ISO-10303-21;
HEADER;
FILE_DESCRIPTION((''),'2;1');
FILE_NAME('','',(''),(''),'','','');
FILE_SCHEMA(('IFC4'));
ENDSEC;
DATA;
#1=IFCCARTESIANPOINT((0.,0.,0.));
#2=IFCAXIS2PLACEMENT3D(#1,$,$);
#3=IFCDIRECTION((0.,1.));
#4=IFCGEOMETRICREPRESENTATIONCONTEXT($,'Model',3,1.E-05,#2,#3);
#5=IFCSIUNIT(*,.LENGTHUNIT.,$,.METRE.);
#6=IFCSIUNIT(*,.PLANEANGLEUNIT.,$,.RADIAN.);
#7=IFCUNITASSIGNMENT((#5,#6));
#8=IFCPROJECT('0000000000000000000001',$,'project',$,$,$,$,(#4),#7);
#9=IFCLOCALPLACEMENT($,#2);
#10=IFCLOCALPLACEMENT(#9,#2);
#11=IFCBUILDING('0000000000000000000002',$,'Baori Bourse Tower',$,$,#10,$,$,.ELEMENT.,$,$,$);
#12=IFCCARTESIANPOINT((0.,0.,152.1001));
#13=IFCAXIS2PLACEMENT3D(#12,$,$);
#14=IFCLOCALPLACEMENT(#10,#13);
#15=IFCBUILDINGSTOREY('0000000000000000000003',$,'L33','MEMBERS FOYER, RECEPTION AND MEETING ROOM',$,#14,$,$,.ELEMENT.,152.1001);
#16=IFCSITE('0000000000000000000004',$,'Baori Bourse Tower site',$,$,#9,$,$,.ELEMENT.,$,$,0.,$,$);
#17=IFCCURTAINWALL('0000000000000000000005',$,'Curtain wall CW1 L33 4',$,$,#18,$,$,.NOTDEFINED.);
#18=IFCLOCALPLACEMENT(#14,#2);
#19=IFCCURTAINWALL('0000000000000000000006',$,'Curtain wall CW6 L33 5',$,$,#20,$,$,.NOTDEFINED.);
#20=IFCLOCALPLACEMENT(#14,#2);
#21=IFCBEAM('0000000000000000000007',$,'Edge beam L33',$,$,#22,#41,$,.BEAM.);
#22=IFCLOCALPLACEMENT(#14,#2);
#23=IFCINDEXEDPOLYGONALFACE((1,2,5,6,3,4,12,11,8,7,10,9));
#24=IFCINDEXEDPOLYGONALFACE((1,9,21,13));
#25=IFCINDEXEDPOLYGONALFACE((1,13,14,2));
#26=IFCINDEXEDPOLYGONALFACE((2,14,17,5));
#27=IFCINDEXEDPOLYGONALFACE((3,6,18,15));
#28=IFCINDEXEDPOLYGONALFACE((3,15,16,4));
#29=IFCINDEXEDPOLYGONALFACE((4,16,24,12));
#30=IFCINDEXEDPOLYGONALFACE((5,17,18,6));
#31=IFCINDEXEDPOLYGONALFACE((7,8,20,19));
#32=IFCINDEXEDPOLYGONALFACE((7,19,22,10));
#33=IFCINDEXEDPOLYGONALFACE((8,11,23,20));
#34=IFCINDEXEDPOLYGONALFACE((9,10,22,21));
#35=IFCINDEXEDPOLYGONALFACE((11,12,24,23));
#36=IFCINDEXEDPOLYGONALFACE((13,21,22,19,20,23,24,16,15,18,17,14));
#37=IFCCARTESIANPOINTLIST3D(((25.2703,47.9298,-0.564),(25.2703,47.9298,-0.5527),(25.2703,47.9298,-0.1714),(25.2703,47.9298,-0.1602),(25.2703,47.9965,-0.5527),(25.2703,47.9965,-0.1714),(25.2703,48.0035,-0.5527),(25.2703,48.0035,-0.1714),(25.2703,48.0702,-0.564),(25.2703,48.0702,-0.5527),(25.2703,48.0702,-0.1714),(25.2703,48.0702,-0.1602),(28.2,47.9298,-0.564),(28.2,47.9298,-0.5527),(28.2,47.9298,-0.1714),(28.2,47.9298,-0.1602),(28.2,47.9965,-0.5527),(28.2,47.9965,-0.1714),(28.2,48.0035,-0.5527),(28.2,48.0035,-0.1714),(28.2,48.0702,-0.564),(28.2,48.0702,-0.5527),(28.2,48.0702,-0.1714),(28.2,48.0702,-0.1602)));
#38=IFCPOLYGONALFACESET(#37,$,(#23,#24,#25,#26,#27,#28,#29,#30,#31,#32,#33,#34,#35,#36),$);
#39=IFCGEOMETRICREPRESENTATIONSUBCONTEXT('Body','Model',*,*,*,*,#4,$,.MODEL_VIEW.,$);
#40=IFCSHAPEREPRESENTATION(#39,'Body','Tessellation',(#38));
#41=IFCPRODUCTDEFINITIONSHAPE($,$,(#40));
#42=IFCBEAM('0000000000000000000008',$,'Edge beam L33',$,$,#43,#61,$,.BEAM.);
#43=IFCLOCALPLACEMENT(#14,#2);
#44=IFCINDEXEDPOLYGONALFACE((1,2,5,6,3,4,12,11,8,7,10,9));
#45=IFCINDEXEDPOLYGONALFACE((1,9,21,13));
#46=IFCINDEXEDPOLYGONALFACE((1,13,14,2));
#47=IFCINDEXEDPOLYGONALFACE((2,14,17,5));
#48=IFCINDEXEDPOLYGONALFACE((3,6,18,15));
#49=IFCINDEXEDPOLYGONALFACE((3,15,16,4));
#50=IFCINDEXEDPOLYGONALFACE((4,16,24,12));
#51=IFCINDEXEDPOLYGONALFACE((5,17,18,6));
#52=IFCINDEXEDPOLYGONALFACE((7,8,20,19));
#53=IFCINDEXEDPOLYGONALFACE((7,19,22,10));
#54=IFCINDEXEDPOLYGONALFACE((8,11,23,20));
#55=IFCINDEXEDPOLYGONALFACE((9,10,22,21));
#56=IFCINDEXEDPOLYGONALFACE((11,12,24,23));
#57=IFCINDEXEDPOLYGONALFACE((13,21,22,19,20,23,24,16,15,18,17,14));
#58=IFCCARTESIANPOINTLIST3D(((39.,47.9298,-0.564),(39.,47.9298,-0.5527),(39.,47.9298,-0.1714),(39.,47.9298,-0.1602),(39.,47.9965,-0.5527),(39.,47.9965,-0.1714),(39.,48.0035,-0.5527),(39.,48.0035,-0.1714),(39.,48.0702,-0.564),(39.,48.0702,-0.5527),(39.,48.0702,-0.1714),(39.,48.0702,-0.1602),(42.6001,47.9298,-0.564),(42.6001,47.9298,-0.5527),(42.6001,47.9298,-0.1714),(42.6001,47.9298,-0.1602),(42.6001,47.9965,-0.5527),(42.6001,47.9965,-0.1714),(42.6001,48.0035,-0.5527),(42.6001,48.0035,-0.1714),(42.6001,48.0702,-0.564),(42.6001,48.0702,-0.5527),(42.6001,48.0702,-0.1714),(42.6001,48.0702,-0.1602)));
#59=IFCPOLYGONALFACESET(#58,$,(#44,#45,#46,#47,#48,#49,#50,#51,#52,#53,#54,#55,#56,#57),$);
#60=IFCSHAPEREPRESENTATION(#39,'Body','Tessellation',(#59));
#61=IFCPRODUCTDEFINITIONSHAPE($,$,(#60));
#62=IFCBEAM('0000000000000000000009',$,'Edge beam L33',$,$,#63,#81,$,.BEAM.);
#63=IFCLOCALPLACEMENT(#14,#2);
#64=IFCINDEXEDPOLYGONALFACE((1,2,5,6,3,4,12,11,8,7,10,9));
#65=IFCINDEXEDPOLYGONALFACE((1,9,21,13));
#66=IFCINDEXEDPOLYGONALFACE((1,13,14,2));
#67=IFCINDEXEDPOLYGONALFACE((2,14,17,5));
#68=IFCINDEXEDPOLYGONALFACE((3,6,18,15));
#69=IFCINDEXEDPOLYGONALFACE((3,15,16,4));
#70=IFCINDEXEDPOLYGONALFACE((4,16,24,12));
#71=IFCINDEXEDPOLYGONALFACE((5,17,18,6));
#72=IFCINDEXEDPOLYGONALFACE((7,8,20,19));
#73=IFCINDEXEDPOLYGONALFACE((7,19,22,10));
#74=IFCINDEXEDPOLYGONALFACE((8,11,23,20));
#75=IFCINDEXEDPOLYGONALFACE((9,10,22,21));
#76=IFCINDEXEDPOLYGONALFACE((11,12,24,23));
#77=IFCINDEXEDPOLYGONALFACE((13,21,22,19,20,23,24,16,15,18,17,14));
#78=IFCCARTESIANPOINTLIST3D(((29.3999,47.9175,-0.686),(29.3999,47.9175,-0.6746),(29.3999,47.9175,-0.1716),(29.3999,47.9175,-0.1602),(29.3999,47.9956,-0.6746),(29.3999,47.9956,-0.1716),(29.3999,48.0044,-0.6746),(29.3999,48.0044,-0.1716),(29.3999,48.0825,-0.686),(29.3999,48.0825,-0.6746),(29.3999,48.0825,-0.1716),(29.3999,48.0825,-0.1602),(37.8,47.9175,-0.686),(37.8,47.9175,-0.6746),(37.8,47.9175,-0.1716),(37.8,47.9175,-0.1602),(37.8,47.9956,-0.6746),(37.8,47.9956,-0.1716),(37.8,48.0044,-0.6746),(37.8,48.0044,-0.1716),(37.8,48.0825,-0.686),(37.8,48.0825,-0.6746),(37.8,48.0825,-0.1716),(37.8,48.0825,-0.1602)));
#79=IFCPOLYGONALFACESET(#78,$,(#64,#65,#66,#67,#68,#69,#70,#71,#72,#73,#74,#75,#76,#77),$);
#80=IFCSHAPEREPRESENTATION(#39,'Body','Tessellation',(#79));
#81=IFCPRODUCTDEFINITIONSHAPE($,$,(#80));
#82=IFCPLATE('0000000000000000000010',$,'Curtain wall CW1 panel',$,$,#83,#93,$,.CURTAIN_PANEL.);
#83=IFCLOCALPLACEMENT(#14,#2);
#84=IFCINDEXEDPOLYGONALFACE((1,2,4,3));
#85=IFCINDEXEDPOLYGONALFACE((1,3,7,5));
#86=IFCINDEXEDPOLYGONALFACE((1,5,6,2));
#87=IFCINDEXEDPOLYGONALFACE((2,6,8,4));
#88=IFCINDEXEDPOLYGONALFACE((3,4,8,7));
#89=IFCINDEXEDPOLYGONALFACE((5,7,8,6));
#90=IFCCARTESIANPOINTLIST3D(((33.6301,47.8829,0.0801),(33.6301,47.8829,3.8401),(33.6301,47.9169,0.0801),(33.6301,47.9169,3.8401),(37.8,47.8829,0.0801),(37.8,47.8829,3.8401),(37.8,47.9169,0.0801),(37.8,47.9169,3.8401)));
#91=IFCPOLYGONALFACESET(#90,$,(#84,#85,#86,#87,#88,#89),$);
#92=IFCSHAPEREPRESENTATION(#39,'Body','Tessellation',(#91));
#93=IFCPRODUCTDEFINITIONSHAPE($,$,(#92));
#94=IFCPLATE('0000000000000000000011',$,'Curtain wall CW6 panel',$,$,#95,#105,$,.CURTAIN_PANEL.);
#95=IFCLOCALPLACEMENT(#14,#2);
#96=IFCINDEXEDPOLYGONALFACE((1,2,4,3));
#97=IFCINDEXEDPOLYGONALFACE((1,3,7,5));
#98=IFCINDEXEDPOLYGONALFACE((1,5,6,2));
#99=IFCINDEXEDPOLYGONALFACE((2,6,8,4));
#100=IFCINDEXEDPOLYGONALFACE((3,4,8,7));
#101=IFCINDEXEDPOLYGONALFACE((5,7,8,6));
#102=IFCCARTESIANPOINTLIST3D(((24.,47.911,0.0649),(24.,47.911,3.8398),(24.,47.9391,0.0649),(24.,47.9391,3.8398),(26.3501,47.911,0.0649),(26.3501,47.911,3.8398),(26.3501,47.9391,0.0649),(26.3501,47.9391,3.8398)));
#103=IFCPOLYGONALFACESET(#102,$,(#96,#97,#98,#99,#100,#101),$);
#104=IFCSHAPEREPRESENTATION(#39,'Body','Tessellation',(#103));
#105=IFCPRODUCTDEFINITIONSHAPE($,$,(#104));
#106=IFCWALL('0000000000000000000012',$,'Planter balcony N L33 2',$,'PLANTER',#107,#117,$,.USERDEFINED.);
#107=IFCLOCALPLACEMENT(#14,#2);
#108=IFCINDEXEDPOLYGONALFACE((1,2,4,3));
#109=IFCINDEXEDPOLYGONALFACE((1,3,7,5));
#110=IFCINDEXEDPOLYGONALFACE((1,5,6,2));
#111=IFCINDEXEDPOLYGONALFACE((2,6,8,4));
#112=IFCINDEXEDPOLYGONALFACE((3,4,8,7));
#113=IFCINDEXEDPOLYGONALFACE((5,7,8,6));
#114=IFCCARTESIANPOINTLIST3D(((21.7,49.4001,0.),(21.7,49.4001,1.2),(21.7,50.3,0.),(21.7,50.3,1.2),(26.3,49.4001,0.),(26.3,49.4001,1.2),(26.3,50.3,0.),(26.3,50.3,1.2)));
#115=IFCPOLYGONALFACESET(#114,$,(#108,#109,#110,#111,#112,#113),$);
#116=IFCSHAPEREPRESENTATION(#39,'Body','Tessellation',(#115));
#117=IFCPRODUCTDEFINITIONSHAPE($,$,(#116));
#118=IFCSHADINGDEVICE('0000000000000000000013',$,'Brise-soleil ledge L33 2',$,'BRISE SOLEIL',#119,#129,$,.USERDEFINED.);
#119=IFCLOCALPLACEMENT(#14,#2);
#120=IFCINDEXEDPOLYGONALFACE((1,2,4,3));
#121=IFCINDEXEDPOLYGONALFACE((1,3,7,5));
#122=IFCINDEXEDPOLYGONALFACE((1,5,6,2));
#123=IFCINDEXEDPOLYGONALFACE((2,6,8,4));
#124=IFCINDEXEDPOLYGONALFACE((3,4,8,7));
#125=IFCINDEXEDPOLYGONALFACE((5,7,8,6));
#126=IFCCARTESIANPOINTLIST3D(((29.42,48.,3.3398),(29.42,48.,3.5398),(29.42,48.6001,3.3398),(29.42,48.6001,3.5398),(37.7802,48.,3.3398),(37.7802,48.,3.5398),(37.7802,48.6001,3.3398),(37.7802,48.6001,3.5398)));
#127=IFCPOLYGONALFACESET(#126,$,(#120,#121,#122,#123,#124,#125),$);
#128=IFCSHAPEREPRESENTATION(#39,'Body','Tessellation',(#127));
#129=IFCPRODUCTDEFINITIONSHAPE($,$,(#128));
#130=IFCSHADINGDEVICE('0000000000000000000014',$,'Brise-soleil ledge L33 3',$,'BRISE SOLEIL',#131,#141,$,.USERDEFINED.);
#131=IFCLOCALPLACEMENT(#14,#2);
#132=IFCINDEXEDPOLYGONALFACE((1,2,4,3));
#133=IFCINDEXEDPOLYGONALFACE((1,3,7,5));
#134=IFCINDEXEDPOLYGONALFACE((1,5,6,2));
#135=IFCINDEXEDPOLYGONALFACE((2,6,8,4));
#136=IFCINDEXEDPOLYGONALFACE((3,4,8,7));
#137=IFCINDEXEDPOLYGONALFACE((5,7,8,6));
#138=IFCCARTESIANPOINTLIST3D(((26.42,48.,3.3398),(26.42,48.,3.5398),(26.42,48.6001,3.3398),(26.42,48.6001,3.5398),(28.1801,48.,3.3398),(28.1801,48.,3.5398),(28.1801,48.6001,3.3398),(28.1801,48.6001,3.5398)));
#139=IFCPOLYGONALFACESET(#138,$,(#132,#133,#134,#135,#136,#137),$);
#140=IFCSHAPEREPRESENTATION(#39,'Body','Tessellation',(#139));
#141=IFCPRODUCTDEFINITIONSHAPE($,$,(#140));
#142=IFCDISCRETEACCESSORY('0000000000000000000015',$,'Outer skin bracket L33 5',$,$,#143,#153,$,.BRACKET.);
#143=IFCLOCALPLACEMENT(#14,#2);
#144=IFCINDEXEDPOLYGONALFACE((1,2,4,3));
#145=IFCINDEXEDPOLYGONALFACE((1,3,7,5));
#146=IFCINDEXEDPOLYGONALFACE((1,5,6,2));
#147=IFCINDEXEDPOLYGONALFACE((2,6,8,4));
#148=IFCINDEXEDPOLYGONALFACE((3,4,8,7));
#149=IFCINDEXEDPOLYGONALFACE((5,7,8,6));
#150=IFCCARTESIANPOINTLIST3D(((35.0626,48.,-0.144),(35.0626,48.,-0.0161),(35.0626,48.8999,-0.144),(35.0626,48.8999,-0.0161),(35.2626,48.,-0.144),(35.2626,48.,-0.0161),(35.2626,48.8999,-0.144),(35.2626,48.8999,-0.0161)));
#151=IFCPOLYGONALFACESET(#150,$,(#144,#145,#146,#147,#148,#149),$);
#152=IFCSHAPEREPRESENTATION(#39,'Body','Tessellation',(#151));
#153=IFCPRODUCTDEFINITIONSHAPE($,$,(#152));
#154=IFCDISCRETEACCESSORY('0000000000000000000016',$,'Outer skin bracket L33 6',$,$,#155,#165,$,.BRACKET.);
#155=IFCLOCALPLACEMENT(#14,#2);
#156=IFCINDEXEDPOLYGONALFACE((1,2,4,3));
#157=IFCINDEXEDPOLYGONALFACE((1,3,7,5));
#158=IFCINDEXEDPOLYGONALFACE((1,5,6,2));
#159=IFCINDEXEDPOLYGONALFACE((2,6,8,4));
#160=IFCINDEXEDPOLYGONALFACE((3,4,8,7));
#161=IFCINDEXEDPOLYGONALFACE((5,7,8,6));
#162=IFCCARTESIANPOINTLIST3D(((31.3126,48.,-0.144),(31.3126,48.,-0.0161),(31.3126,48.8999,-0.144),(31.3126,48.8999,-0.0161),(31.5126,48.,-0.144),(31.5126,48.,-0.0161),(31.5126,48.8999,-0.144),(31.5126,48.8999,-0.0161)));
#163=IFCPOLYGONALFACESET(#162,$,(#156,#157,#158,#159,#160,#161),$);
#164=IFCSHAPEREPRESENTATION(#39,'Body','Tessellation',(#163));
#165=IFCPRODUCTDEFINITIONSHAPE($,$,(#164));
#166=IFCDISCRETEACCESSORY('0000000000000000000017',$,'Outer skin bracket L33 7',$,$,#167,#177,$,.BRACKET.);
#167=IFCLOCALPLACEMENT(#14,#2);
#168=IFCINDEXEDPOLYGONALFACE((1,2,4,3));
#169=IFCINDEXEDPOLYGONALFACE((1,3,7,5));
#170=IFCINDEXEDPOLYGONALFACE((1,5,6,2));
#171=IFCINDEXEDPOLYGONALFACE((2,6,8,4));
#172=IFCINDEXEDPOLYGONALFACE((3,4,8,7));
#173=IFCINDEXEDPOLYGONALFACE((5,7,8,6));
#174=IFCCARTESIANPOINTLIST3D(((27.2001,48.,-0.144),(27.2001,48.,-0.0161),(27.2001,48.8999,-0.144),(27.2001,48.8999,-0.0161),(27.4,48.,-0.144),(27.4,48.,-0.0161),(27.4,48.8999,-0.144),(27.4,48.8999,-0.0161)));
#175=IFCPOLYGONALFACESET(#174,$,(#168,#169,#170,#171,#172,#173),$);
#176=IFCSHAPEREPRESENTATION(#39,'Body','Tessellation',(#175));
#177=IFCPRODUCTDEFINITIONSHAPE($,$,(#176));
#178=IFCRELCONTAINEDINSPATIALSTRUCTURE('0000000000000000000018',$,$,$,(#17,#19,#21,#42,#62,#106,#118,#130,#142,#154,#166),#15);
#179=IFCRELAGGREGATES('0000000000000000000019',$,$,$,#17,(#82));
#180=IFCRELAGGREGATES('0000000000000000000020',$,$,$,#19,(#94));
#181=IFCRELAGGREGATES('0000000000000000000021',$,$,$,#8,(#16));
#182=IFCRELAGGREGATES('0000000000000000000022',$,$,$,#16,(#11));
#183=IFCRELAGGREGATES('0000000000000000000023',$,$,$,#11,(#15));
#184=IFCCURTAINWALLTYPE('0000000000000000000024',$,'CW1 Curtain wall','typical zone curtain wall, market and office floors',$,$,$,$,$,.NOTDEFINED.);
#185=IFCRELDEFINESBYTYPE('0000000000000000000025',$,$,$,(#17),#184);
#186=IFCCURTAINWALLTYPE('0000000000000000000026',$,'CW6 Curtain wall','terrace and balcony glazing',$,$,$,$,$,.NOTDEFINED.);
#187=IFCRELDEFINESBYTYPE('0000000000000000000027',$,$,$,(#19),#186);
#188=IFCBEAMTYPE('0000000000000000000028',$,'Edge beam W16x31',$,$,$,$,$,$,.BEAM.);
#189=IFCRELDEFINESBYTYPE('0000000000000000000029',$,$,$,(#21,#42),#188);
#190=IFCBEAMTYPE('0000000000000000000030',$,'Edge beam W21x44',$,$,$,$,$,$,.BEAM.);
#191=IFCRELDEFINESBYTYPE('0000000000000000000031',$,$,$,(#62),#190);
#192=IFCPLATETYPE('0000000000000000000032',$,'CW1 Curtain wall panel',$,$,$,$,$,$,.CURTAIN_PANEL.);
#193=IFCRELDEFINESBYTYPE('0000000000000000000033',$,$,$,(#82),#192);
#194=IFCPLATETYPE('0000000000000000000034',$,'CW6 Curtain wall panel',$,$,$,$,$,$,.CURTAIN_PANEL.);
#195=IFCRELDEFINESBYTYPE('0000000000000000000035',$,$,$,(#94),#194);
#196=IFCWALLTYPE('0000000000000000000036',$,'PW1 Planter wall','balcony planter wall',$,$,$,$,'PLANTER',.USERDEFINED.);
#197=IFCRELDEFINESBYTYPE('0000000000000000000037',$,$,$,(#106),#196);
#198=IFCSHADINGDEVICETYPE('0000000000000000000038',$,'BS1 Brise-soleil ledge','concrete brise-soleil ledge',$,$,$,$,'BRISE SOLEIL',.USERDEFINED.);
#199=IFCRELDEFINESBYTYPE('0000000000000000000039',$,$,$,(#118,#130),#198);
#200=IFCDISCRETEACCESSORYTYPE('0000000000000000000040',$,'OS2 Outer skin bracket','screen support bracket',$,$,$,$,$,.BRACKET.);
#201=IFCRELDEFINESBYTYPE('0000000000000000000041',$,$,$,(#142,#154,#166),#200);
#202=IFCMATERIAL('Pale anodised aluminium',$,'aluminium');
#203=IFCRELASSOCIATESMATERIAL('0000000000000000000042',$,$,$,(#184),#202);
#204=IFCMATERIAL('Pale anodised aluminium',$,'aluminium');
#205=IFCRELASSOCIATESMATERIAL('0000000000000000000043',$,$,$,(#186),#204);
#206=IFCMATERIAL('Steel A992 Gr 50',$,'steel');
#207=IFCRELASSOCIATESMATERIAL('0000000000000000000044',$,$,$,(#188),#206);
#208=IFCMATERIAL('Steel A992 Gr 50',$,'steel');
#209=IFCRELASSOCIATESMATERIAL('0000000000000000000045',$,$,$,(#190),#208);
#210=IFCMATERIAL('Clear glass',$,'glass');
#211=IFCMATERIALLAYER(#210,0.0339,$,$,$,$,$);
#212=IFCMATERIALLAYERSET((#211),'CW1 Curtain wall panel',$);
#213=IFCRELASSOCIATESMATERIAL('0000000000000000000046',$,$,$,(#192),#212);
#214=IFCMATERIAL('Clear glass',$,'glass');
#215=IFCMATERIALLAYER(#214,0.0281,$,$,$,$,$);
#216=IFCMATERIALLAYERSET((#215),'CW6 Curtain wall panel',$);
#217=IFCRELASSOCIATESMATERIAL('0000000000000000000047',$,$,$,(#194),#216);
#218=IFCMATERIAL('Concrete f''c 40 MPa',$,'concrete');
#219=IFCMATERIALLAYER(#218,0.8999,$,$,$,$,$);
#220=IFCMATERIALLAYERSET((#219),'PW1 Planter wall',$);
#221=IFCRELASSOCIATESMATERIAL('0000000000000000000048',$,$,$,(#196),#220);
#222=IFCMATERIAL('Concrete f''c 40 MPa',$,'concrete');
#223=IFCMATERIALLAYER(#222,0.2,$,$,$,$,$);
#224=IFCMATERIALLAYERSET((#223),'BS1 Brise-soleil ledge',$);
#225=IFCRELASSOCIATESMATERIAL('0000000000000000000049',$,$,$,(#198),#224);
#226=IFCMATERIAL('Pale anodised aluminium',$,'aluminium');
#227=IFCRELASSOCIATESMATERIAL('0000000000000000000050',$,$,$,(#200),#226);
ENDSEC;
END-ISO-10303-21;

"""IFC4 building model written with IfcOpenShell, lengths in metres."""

from ifc_helpers import new_model, si_unit, direction, frame, frame_2d, origin, origin_2d, place, context, subcontext, project, spatial, rectangle, i_section, extrude, material, layer, layer_set, material_profile, profile_set, type_object, element, aggregate, save


model = new_model("IFC4")

# Units and contexts
model_context = context("Model", 3, precision=1e-05, world=origin(), true_north=direction((0.0, 1.0)))
body_context = subcontext(model_context, "Body", "Model", "MODEL_VIEW")
ifc_project = project(units=[si_unit("LENGTHUNIT", "METRE"), si_unit("PLANEANGLEUNIT", "RADIAN")], contexts=[model_context])

# Site, building, storey
site_placement = place(None, origin())
site = spatial("IfcSite", under=ifc_project, at=site_placement, Name="Baori Bourse Tower site", CompositionType="ELEMENT", RefElevation=0.0)
building_placement = place(site_placement, origin())
building = spatial("IfcBuilding", under=site, at=building_placement, Name="Baori Bourse Tower", CompositionType="ELEMENT")
storey_placement = place(building_placement, frame((0.0, 0.0, 152.1001)))
storey = spatial("IfcBuildingStorey", under=building, at=storey_placement, Name="L33", Description="MEMBERS FOYER, RECEPTION AND MEETING ROOM", CompositionType="ELEMENT", Elevation=152.1001)

# Curtain walls
ifc_material_1 = material(Name="Pale anodised aluminium", Category="aluminium")
curtain_wall_type_1 = type_object("IfcCurtainWallType", Name="CW1 Curtain wall", Description="typical zone curtain wall, market and office floors", PredefinedType="NOTDEFINED", material=ifc_material_1)
curtain_wall_1_placement = place(storey_placement, origin())
curtain_wall_1 = element("IfcCurtainWall", 1, at=curtain_wall_1_placement, inside=storey, type_object=curtain_wall_type_1, Name="Curtain wall CW1 L33 4", PredefinedType="NOTDEFINED")
ifc_material_2 = material(Name="Pale anodised aluminium", Category="aluminium")
curtain_wall_type_2 = type_object("IfcCurtainWallType", Name="CW6 Curtain wall", Description="terrace and balcony glazing", PredefinedType="NOTDEFINED", material=ifc_material_2)
curtain_wall_2_placement = place(storey_placement, origin())
curtain_wall_2 = element("IfcCurtainWall", 2, at=curtain_wall_2_placement, inside=storey, type_object=curtain_wall_type_2, Name="Curtain wall CW6 L33 5", PredefinedType="NOTDEFINED")

# Beams
ifc_material_3 = material(Name="Steel A992 Gr 50", Category="steel")
ifc_material_profile_1 = material_profile(ifc_material_3, i_section(OverallWidth=0.1404, OverallDepth=0.4038, WebThickness=0.0071, FlangeThickness=0.0112, at=origin_2d()), Name="W16x31")
ifc_profile_set_1 = profile_set([ifc_material_profile_1], Name="Steel A992 Gr 50")
beam_type_1 = type_object("IfcBeamType", Name="Edge beam W16x31", PredefinedType="BEAM", material=ifc_profile_set_1)
beam_1_placement = place(storey_placement, frame((25.2703, 48.0, -0.3621), z_axis=(1.0, 0.0, 0.0), x_axis=(0.0, 1.0, 0.0)))
element("IfcBeam", 3, at=beam_1_placement, inside=storey, type_object=beam_type_1, Name="Edge beam L33", PredefinedType="BEAM", context=body_context, shape_type="SweptSolid", body=[
    extrude(i_section(OverallWidth=0.1404, OverallDepth=0.4038, WebThickness=0.0071, FlangeThickness=0.0112, at=origin_2d()), origin(), (0.0, 0.0, 1.0), 2.9297),
])
beam_2_placement = place(storey_placement, frame((39.0, 48.0, -0.3621), z_axis=(1.0, 0.0, 0.0), x_axis=(0.0, 1.0, 0.0)))
element("IfcBeam", 4, at=beam_2_placement, inside=storey, type_object=beam_type_1, Name="Edge beam L33", PredefinedType="BEAM", context=body_context, shape_type="SweptSolid", body=[
    extrude(i_section(OverallWidth=0.1404, OverallDepth=0.4038, WebThickness=0.0071, FlangeThickness=0.0112, at=origin_2d()), origin(), (0.0, 0.0, 1.0), 3.6001),
])
ifc_material_4 = material(Name="Steel A992 Gr 50", Category="steel")
ifc_material_profile_2 = material_profile(ifc_material_4, i_section(OverallWidth=0.165, OverallDepth=0.5259, WebThickness=0.0088, FlangeThickness=0.0115, at=origin_2d()), Name="W21x44")
ifc_profile_set_2 = profile_set([ifc_material_profile_2], Name="Steel A992 Gr 50")
beam_type_2 = type_object("IfcBeamType", Name="Edge beam W21x44", PredefinedType="BEAM", material=ifc_profile_set_2)
beam_3_placement = place(storey_placement, frame((29.3999, 48.0, -0.4231), z_axis=(1.0, 0.0, 0.0), x_axis=(0.0, 1.0, 0.0)))
element("IfcBeam", 5, at=beam_3_placement, inside=storey, type_object=beam_type_2, Name="Edge beam L33", PredefinedType="BEAM", context=body_context, shape_type="SweptSolid", body=[
    extrude(i_section(OverallWidth=0.165, OverallDepth=0.5259, WebThickness=0.0088, FlangeThickness=0.0115, at=origin_2d()), origin(), (0.0, 0.0, 1.0), 8.4001),
])

# Plates
ifc_material_5 = material(Name="Clear glass", Category="glass")
ifc_layer_1 = layer(ifc_material_5, 0.0339)
ifc_layer_set_1 = layer_set([ifc_layer_1], Name="CW1 Curtain wall panel")
plate_type_1 = type_object("IfcPlateType", Name="CW1 Curtain wall panel", PredefinedType="CURTAIN_PANEL", material=ifc_layer_set_1)
plate_1_placement = place(storey_placement, frame((35.7151, 47.8999, 0.0801), z_axis=(0.0, 0.0, 1.0), x_axis=(-1.0, 0.0, 0.0)))
plate_1 = element("IfcPlate", 6, at=plate_1_placement, type_object=plate_type_1, Name="Curtain wall CW1 panel", PredefinedType="CURTAIN_PANEL", context=body_context, shape_type="SweptSolid", body=[
    extrude(rectangle(XDim=4.1699, YDim=0.0339, at=origin_2d()), origin(), (0.0, 0.0, 1.0), 3.76),
])
aggregate(curtain_wall_1, [plate_1])
ifc_material_6 = material(Name="Clear glass", Category="glass")
ifc_layer_2 = layer(ifc_material_6, 0.0281)
ifc_layer_set_2 = layer_set([ifc_layer_2], Name="CW6 Curtain wall panel")
plate_type_2 = type_object("IfcPlateType", Name="CW6 Curtain wall panel", PredefinedType="CURTAIN_PANEL", material=ifc_layer_set_2)
plate_2_placement = place(storey_placement, frame((25.175, 47.925, 0.0649), z_axis=(0.0, 0.0, 1.0), x_axis=(-1.0, 0.0, 0.0)))
plate_2 = element("IfcPlate", 7, at=plate_2_placement, type_object=plate_type_2, Name="Curtain wall CW6 panel", PredefinedType="CURTAIN_PANEL", context=body_context, shape_type="SweptSolid", body=[
    extrude(rectangle(XDim=2.3501, YDim=0.0281, at=origin_2d()), origin(), (0.0, 0.0, 1.0), 3.7749),
])
aggregate(curtain_wall_2, [plate_2])

# Wall
ifc_material_7 = material(Name="Concrete f'c 40 MPa", Category="concrete")
ifc_layer_3 = layer(ifc_material_7, 0.8999)
ifc_layer_set_3 = layer_set([ifc_layer_3], Name="PW1 Planter wall")
wall_type = type_object("IfcWallType", Name="PW1 Planter wall", Description="balcony planter wall", ElementType="PLANTER", PredefinedType="USERDEFINED", material=ifc_layer_set_3)
wall_placement = place(storey_placement, frame((21.7, 49.8501, 0.0), z_axis=(0.0, 0.0, 1.0), x_axis=(1.0, 0.0, 0.0)))
element("IfcWall", 8, at=wall_placement, inside=storey, type_object=wall_type, Name="Planter balcony N L33 2", ObjectType="PLANTER", PredefinedType="USERDEFINED", context=body_context, shape_type="SweptSolid", body=[
    extrude(rectangle(XDim=4.6001, YDim=0.8999, at=frame_2d((2.3, 0.0))), origin(), (0.0, 0.0, 1.0), 1.2),
])

# Shading devices
ifc_material_8 = material(Name="Concrete f'c 40 MPa", Category="concrete")
ifc_layer_4 = layer(ifc_material_8, 0.2)
ifc_layer_set_4 = layer_set([ifc_layer_4], Name="BS1 Brise-soleil ledge")
shading_device_type = type_object("IfcShadingDeviceType", Name="BS1 Brise-soleil ledge", Description="concrete brise-soleil ledge", ElementType="BRISE SOLEIL", PredefinedType="USERDEFINED", material=ifc_layer_set_4)
shading_device_1_placement = place(storey_placement, frame((33.6001, 48.3, 3.3398), z_axis=(0.0, 0.0, 1.0), x_axis=(-1.0, 0.0, 0.0)))
element("IfcShadingDevice", 9, at=shading_device_1_placement, inside=storey, type_object=shading_device_type, Name="Brise-soleil ledge L33 2", ObjectType="BRISE SOLEIL", PredefinedType="USERDEFINED", context=body_context, shape_type="SweptSolid", body=[
    extrude(rectangle(XDim=8.3601, YDim=0.6001, at=origin_2d()), origin(), (0.0, 0.0, 1.0), 0.2),
])
shading_device_2_placement = place(storey_placement, frame((27.3, 48.3, 3.3398), z_axis=(0.0, 0.0, 1.0), x_axis=(-1.0, 0.0, 0.0)))
element("IfcShadingDevice", 10, at=shading_device_2_placement, inside=storey, type_object=shading_device_type, Name="Brise-soleil ledge L33 3", ObjectType="BRISE SOLEIL", PredefinedType="USERDEFINED", context=body_context, shape_type="SweptSolid", body=[
    extrude(rectangle(XDim=1.76, YDim=0.6001, at=origin_2d()), origin(), (0.0, 0.0, 1.0), 0.2),
])

# Discrete accessories
ifc_material_9 = material(Name="Pale anodised aluminium", Category="aluminium")
discrete_accessory_type = type_object("IfcDiscreteAccessoryType", Name="OS2 Outer skin bracket", Description="screen support bracket", PredefinedType="BRACKET", material=ifc_material_9)
for number, where, z_axis, x_axis, name in (
    (11, (35.1626, 48.45, -0.144), (0.0, 0.0, 1.0), (-1.0, 0.0, 0.0), "Outer skin bracket L33 5"),
    (12, (31.4126, 48.45, -0.144), (0.0, 0.0, 1.0), (-1.0, 0.0, 0.0), "Outer skin bracket L33 6"),
    (13, (27.3, 48.45, -0.144), (0.0, 0.0, 1.0), (-1.0, 0.0, 0.0), "Outer skin bracket L33 7"),
):
    element("IfcDiscreteAccessory", number, at=place(storey_placement, frame(where, z_axis=z_axis, x_axis=x_axis)), inside=storey, type_object=discrete_accessory_type, Name=name, PredefinedType="BRACKET", context=body_context, shape_type="SweptSolid", body=[
        extrude(rectangle(XDim=0.2, YDim=0.8999, at=origin_2d()), origin(), (0.0, 0.0, 1.0), 0.1279),
    ])

save(model, "model.ifc")
